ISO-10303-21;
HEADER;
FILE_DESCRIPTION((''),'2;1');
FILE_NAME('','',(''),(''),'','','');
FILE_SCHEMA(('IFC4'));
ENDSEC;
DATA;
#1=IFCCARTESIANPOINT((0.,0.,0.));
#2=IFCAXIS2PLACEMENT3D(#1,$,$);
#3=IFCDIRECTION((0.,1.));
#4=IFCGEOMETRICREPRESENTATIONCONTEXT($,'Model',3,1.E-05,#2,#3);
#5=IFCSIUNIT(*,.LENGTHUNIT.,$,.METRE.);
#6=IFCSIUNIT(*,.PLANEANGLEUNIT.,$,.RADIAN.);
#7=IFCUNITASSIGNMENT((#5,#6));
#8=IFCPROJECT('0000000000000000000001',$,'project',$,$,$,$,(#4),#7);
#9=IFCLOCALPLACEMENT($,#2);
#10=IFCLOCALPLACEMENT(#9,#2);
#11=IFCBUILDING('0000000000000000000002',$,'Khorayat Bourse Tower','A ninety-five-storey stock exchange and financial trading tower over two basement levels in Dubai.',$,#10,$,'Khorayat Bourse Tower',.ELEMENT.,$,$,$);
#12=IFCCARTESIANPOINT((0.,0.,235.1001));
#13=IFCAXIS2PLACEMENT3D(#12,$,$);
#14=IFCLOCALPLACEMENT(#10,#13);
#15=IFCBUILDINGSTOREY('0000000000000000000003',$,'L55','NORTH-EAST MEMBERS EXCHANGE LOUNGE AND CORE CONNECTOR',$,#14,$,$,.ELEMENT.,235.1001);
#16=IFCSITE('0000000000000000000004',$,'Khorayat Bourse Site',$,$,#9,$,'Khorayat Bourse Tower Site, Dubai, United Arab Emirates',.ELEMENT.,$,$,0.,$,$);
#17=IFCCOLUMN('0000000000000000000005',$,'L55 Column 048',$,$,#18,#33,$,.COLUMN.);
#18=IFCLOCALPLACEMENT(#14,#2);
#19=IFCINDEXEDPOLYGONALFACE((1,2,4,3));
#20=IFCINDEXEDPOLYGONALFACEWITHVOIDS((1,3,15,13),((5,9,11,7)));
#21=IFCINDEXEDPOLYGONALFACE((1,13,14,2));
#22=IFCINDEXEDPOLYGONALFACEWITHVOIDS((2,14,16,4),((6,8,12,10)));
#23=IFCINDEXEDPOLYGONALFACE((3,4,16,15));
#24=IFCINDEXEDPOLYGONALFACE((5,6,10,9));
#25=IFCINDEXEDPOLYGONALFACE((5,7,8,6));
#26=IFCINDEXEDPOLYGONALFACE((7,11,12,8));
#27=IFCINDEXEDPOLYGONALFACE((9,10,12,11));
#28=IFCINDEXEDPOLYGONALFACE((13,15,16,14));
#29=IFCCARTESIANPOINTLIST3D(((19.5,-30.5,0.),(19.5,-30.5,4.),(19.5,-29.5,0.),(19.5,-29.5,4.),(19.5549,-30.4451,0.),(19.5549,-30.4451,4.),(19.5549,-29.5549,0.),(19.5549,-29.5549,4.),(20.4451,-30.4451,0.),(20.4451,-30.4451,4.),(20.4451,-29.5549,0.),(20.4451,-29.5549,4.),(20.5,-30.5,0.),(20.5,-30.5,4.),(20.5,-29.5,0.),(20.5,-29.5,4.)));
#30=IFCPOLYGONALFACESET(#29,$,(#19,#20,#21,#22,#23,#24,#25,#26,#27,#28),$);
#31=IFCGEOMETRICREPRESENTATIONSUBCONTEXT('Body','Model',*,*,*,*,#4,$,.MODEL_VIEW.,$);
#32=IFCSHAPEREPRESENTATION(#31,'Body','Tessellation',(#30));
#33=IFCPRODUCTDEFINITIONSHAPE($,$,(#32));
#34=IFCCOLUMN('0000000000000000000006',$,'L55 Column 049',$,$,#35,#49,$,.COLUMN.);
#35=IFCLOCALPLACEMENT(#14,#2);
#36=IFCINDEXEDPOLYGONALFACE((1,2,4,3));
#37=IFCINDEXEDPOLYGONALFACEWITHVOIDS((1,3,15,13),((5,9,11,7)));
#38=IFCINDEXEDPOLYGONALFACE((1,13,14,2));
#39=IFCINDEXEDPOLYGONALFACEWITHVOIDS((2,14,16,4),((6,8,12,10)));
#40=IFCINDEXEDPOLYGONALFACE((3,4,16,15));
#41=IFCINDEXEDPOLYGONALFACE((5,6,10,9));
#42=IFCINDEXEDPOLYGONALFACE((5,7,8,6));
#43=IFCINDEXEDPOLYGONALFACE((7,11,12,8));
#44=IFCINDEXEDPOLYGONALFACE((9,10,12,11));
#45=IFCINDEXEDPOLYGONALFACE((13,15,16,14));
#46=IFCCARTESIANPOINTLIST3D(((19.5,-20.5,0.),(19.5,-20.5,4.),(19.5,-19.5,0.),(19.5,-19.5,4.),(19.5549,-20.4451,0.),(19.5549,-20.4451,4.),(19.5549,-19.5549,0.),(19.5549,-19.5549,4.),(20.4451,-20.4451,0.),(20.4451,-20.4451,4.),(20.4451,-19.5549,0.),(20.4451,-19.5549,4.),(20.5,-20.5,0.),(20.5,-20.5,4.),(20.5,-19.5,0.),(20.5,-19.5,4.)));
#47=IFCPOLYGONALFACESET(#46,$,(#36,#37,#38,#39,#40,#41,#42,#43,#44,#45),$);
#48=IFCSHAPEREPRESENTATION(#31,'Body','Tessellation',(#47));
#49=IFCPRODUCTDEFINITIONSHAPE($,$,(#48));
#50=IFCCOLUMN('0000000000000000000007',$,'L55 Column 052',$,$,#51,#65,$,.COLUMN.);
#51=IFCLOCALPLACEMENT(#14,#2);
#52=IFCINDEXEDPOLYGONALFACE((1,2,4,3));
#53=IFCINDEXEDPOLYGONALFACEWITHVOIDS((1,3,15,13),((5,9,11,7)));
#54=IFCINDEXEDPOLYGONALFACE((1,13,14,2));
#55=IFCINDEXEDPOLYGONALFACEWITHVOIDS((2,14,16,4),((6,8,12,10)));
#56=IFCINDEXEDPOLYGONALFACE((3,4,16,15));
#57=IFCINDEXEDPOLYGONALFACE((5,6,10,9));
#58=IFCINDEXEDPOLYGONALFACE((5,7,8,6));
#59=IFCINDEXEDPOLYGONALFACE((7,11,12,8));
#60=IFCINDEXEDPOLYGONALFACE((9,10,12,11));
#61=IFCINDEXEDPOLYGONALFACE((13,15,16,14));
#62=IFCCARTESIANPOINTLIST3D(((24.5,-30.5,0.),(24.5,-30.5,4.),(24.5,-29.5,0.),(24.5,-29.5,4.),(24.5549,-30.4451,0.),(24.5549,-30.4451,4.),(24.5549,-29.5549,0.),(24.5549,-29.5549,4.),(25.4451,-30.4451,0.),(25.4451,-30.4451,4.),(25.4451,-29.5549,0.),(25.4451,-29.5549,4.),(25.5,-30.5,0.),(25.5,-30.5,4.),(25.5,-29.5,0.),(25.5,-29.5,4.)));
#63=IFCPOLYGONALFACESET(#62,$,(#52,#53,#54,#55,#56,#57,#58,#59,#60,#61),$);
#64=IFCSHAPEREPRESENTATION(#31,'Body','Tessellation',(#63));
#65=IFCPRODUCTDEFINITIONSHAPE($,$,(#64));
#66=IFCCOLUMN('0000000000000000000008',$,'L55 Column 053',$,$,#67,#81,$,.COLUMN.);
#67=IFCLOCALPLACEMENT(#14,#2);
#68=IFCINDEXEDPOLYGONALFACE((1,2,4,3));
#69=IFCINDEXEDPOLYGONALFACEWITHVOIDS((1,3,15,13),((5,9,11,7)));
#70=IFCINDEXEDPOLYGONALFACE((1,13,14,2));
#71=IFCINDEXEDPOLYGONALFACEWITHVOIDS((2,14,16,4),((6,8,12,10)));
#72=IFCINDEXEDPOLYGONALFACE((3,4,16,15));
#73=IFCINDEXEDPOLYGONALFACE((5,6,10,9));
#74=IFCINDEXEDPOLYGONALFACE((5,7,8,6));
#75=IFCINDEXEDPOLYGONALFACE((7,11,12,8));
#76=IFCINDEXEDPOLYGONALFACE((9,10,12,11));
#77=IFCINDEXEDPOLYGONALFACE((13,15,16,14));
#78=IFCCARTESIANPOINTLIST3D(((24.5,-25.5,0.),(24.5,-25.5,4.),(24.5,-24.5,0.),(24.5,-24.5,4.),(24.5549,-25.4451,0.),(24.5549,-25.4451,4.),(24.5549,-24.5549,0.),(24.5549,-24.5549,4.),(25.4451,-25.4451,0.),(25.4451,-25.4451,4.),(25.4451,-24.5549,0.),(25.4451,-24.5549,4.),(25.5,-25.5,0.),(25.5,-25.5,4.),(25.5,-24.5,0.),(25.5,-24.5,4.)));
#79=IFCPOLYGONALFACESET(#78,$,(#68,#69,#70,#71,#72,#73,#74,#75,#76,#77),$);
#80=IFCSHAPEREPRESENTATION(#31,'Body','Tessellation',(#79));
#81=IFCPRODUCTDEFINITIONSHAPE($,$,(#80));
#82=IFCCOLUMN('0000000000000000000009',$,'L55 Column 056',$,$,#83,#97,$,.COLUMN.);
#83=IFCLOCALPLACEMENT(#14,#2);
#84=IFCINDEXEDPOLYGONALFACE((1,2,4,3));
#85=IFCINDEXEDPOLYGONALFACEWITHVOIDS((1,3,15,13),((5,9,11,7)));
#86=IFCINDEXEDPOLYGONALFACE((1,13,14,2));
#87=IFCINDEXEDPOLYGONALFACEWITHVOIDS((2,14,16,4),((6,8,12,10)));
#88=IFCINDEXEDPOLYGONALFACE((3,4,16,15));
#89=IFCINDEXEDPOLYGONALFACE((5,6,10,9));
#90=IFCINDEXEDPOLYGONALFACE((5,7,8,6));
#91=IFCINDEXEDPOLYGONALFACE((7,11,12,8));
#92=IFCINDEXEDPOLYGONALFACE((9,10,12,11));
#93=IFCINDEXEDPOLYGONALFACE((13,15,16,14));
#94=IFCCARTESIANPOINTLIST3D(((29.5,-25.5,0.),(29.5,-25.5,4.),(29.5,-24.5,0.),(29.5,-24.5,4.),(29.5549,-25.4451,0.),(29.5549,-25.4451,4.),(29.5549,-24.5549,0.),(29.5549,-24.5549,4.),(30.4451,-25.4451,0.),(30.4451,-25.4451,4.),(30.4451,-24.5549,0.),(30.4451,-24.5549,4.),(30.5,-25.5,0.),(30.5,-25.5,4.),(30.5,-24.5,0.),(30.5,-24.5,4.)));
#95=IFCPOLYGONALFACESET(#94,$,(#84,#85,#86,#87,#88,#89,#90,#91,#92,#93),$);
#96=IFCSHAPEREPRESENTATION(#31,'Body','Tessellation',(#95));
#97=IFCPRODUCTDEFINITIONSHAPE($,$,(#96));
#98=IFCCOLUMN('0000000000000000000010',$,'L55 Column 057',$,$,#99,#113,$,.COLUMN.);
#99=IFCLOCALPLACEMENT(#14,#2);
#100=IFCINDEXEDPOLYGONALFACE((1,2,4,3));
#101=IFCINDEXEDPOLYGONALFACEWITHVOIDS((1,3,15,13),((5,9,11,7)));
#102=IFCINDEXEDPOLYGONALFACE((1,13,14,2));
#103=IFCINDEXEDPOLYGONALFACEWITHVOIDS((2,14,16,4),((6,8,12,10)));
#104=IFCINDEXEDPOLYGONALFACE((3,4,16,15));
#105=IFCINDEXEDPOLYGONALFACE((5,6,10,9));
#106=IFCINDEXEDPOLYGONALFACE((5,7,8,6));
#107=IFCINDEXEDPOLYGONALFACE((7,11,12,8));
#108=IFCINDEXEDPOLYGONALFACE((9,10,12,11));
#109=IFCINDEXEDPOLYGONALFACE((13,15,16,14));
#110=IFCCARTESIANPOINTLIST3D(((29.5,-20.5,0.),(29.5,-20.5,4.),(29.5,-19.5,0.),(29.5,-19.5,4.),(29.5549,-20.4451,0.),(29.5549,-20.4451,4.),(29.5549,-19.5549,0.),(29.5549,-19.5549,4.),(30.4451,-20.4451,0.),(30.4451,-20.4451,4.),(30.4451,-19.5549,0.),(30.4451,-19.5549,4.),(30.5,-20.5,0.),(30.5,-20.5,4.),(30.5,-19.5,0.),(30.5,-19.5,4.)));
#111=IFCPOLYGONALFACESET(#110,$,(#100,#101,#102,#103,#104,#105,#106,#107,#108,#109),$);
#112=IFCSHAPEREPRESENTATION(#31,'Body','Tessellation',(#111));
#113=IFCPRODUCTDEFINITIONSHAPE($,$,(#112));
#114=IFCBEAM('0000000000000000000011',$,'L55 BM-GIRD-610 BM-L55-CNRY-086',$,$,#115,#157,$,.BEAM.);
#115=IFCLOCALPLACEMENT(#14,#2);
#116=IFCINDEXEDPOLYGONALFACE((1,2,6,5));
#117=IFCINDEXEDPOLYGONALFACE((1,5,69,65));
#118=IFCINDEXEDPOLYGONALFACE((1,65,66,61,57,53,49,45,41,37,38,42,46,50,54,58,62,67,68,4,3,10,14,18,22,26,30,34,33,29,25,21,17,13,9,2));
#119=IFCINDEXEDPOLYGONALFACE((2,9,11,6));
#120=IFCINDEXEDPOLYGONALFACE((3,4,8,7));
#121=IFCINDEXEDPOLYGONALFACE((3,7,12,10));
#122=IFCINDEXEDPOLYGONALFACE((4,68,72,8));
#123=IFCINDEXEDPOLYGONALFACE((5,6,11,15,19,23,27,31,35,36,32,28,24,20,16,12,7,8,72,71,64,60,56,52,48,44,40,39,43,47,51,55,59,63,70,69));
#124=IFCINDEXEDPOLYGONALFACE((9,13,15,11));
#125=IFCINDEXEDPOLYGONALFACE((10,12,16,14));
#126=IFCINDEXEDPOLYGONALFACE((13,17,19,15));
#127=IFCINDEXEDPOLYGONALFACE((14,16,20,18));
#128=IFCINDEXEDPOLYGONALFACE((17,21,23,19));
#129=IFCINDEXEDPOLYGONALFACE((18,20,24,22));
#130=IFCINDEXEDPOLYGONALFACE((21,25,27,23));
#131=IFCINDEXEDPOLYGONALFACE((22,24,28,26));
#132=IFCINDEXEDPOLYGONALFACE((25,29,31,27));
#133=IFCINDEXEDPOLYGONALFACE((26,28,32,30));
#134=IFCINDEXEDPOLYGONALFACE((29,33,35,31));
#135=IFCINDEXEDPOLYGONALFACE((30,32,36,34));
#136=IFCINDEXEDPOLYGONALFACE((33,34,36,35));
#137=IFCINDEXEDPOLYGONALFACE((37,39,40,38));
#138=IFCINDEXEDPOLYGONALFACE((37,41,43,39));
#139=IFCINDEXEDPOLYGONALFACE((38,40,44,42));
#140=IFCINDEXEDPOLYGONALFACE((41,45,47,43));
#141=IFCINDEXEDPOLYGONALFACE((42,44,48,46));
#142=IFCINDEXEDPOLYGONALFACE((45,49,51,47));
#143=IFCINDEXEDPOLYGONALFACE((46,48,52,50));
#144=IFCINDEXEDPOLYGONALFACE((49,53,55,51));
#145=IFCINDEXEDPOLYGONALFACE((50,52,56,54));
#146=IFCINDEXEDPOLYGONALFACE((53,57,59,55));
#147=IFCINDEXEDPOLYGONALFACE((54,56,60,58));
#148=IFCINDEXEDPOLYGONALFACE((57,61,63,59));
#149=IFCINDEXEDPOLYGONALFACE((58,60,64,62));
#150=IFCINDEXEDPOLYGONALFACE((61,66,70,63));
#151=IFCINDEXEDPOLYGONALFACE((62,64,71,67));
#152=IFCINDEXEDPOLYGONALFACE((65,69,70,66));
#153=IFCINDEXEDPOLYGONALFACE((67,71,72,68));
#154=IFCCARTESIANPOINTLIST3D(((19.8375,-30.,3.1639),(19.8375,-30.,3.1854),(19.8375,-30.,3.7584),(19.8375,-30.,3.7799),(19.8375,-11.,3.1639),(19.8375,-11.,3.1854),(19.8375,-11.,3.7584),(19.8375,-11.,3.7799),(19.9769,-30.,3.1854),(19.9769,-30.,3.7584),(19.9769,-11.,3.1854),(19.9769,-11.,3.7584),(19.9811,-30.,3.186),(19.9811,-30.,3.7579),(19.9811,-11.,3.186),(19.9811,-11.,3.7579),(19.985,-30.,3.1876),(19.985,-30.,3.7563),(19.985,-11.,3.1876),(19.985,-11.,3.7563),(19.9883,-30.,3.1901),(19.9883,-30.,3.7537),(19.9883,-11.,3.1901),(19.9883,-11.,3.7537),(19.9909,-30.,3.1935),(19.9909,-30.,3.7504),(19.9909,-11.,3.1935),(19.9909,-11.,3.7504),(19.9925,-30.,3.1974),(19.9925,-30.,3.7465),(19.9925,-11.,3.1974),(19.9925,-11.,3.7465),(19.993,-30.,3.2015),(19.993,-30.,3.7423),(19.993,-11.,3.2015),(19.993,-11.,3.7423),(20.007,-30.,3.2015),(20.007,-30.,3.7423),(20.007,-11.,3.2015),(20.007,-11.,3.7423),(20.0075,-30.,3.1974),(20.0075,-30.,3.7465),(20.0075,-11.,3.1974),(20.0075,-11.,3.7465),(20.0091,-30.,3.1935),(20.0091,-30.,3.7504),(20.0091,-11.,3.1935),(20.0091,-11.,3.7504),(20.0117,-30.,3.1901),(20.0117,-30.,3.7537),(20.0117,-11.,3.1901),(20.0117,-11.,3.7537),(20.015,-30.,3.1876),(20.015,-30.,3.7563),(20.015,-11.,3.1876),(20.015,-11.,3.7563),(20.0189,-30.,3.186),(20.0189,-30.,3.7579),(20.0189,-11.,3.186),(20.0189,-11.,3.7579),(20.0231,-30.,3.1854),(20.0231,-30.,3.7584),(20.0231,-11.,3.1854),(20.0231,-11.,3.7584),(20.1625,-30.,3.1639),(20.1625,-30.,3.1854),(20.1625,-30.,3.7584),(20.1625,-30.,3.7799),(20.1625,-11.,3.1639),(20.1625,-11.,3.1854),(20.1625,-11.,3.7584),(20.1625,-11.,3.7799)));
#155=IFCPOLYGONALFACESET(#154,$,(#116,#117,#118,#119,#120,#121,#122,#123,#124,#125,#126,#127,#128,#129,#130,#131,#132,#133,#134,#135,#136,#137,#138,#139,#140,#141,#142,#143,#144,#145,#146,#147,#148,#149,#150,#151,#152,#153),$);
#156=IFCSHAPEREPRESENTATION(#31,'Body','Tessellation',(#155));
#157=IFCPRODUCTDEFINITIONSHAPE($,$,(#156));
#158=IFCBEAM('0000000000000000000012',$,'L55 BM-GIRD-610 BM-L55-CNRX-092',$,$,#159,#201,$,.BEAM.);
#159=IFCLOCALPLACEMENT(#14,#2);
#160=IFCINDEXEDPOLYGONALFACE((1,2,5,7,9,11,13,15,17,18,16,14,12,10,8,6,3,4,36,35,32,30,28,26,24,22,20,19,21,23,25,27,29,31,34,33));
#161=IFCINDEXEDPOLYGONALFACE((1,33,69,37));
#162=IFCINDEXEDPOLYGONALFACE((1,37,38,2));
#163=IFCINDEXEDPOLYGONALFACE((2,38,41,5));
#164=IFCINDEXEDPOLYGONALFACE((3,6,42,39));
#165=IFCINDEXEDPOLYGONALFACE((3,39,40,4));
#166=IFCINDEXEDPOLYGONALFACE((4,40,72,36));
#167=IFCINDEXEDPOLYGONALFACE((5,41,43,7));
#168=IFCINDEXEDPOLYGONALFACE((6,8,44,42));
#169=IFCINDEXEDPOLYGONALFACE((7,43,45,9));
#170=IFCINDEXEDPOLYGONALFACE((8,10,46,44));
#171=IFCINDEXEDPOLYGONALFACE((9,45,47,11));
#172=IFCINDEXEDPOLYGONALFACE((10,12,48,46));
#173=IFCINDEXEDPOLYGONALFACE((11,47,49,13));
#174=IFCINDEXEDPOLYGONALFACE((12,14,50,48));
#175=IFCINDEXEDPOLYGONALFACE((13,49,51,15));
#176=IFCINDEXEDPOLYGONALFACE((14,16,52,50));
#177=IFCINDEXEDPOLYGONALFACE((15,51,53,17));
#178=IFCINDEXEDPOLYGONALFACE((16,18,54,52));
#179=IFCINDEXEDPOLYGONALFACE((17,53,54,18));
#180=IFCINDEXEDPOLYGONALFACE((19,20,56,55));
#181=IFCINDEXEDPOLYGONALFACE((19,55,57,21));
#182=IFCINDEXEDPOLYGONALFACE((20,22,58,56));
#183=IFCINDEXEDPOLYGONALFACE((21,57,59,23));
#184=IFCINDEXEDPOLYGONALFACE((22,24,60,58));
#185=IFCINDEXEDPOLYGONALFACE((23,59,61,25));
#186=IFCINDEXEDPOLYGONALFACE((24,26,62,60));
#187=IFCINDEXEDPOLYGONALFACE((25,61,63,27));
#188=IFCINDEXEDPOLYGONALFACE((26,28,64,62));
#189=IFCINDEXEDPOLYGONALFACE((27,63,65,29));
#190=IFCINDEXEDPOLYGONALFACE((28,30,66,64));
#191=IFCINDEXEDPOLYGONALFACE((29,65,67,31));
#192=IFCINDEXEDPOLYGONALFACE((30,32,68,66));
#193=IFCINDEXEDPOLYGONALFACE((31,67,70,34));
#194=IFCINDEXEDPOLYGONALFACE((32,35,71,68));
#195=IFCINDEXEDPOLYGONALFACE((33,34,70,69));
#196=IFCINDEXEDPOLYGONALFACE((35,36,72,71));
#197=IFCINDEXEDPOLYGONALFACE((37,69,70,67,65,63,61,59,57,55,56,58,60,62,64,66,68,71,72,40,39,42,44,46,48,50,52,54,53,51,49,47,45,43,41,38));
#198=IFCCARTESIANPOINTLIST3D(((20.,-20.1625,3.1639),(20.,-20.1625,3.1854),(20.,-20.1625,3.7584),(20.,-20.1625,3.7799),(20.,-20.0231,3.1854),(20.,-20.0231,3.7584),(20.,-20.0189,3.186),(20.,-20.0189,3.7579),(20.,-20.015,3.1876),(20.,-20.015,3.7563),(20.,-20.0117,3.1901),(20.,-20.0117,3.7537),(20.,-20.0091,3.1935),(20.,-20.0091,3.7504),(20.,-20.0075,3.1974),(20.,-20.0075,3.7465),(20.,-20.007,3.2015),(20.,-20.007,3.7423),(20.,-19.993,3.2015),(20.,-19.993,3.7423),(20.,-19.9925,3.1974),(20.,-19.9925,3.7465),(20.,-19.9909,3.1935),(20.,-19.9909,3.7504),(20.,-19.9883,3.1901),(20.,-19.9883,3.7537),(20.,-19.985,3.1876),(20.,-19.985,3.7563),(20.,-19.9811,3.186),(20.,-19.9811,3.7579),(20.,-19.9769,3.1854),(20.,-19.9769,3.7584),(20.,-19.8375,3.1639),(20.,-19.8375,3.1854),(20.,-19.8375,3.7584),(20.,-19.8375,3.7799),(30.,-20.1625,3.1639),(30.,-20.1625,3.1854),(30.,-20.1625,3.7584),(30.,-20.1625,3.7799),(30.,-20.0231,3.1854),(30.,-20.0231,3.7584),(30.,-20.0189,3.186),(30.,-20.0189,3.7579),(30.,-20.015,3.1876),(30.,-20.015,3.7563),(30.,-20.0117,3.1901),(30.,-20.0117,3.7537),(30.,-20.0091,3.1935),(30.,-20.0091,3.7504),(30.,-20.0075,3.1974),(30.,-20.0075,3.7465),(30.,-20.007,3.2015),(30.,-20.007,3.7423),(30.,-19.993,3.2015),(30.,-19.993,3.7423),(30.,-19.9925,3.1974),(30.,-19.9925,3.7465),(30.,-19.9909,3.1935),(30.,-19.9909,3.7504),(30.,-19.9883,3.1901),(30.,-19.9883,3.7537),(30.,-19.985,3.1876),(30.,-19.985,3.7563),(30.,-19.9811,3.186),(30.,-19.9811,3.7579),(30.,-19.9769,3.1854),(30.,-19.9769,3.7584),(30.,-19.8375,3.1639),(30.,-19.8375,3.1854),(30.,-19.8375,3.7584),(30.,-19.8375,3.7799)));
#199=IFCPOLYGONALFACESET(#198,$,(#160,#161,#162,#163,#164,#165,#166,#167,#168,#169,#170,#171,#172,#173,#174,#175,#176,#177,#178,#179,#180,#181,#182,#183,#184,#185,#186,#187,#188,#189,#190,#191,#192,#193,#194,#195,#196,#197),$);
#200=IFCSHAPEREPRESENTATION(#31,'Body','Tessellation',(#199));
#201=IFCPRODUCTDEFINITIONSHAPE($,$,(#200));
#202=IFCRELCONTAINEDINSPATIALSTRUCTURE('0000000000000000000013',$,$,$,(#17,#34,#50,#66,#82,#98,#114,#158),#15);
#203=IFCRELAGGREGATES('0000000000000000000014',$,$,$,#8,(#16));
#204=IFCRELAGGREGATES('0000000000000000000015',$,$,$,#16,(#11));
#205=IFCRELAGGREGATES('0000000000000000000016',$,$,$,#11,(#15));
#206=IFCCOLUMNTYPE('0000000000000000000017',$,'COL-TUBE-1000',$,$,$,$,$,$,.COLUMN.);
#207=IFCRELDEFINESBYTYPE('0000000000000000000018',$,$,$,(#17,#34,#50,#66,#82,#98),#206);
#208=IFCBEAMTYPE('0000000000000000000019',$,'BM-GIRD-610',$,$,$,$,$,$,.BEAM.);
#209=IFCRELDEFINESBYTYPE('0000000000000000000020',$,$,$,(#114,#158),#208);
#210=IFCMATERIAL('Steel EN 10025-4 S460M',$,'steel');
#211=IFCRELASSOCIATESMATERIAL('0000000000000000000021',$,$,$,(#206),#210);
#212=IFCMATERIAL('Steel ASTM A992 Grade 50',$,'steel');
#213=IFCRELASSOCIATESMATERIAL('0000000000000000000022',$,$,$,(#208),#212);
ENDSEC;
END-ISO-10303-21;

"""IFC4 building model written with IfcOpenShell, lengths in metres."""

from ifc_helpers import new_model, si_unit, direction, frame, origin, origin_2d, place, context, subcontext, project, spatial, hollow_rectangle, i_section, extrude, source, transform, mapped, material, material_profile, profile_set, type_object, element, save


model = new_model("IFC4")

# Units and contexts
model_context = context("Model", 3, precision=1e-05, world=origin(), true_north=direction((0.0, 1.0)))
body_context = subcontext(model_context, "Body", "Model", "MODEL_VIEW")
ifc_project = project(units=[si_unit("LENGTHUNIT", "METRE"), si_unit("PLANEANGLEUNIT", "RADIAN")], contexts=[model_context])

# Site, building, storey
site_placement = place(None, origin())
site = spatial("IfcSite", under=ifc_project, at=site_placement, Name="Khorayat Bourse Site", LongName="Khorayat Bourse Tower Site, Dubai, United Arab Emirates", CompositionType="ELEMENT", RefElevation=0.0)
building_placement = place(site_placement, origin())
building = spatial("IfcBuilding", under=site, at=building_placement, Name="Khorayat Bourse Tower", Description="A ninety-five-storey stock exchange and financial trading tower over two basement levels in Dubai.", LongName="Khorayat Bourse Tower", CompositionType="ELEMENT")
storey_placement = place(building_placement, frame((0.0, 0.0, 235.1001)))
storey = spatial("IfcBuildingStorey", under=building, at=storey_placement, Name="L55", Description="NORTH-EAST MEMBERS EXCHANGE LOUNGE AND CORE CONNECTOR", CompositionType="ELEMENT", Elevation=235.1001)

# Columns
ifc_material_1 = material(Name="Steel EN 10025-4 S460M", Category="steel")
ifc_material_profile_1 = material_profile(ifc_material_1, hollow_rectangle(XDim=1.0, YDim=1.0, WallThickness=0.0549, at=origin_2d()), Name="BOX 1000x1000x55")
ifc_profile_set_1 = profile_set([ifc_material_profile_1], Name="Steel EN 10025-4 S460M")
column_type = type_object("IfcColumnType", Name="COL-TUBE-1000", PredefinedType="COLUMN", material=ifc_profile_set_1)
shared_shape_1 = source(origin(), body_context, "Body", "SweptSolid", [
    extrude(hollow_rectangle(XDim=1.0, YDim=1.0, WallThickness=0.0549, at=origin_2d()), origin(), (0.0, 0.0, 1.0), 4.0),
])
for number, where, z_axis, x_axis, name in (
    (1, (20.0, -30.0, 0.0), (0.0, 0.0, 1.0), (1.0, 0.0, 0.0), "L55 Column 048"),
    (2, (20.0, -20.0, 0.0), (0.0, 0.0, 1.0), (1.0, 0.0, 0.0), "L55 Column 049"),
    (3, (25.0, -30.0, 0.0), (0.0, 0.0, 1.0), (1.0, 0.0, 0.0), "L55 Column 052"),
    (4, (25.0, -25.0, 0.0), (0.0, 0.0, 1.0), (1.0, 0.0, 0.0), "L55 Column 053"),
    (5, (30.0, -25.0, 0.0), (0.0, 0.0, 1.0), (1.0, 0.0, 0.0), "L55 Column 056"),
    (6, (30.0, -20.0, 0.0), (0.0, 0.0, 1.0), (1.0, 0.0, 0.0), "L55 Column 057"),
):
    element("IfcColumn", number, at=place(storey_placement, frame(where, z_axis=z_axis, x_axis=x_axis)), inside=storey, type_object=column_type, Name=name, PredefinedType="COLUMN", context=body_context, shape_type="MappedRepresentation", body=[
        mapped(shared_shape_1, transform((0.0, 0.0, 0.0), scale=1.0)),
    ])

# Beams
ifc_material_2 = material(Name="Steel ASTM A992 Grade 50", Category="steel")
ifc_material_profile_2 = material_profile(ifc_material_2, i_section(OverallWidth=0.325, OverallDepth=0.616, WebThickness=0.0139, FlangeThickness=0.0215, FilletRadius=0.0161, at=origin_2d()), Name="W610X174")
ifc_profile_set_2 = profile_set([ifc_material_profile_2], Name="Steel ASTM A992 Grade 50")
beam_type_1 = type_object("IfcBeamType", Name="BM-GIRD-610", PredefinedType="BEAM", material=ifc_profile_set_2)
shared_shape_2 = source(origin(), body_context, "Body", "SweptSolid", [
    extrude(i_section(OverallWidth=0.325, OverallDepth=0.616, WebThickness=0.0139, FlangeThickness=0.0215, FilletRadius=0.0161, at=origin_2d()), origin(), (0.0, 0.0, 1.0), 19.0),
])
beam_1_placement = place(storey_placement, frame((20.0, -30.0, 3.4719), z_axis=(0.0, 1.0, 0.0), x_axis=(-1.0, 0.0, 0.0)))
element("IfcBeam", 7, at=beam_1_placement, inside=storey, type_object=beam_type_1, Name="L55 BM-GIRD-610 BM-L55-CNRY-086", PredefinedType="BEAM", context=body_context, shape_type="MappedRepresentation", body=[
    mapped(shared_shape_2, transform((0.0, 0.0, 0.0), scale=1.0)),
])
shared_shape_3 = source(origin(), body_context, "Body", "SweptSolid", [
    extrude(i_section(OverallWidth=0.325, OverallDepth=0.616, WebThickness=0.0139, FlangeThickness=0.0215, FilletRadius=0.0161, at=origin_2d()), origin(), (0.0, 0.0, 1.0), 10.0),
])
beam_2_placement = place(storey_placement, frame((20.0, -20.0, 3.4719), z_axis=(1.0, 0.0, 0.0), x_axis=(0.0, 1.0, 0.0)))
element("IfcBeam", 8, at=beam_2_placement, inside=storey, type_object=beam_type_1, Name="L55 BM-GIRD-610 BM-L55-CNRX-092", PredefinedType="BEAM", context=body_context, shape_type="MappedRepresentation", body=[
    mapped(shared_shape_3, transform((0.0, 0.0, 0.0), scale=1.0)),
])

save(model, "model.ifc")
